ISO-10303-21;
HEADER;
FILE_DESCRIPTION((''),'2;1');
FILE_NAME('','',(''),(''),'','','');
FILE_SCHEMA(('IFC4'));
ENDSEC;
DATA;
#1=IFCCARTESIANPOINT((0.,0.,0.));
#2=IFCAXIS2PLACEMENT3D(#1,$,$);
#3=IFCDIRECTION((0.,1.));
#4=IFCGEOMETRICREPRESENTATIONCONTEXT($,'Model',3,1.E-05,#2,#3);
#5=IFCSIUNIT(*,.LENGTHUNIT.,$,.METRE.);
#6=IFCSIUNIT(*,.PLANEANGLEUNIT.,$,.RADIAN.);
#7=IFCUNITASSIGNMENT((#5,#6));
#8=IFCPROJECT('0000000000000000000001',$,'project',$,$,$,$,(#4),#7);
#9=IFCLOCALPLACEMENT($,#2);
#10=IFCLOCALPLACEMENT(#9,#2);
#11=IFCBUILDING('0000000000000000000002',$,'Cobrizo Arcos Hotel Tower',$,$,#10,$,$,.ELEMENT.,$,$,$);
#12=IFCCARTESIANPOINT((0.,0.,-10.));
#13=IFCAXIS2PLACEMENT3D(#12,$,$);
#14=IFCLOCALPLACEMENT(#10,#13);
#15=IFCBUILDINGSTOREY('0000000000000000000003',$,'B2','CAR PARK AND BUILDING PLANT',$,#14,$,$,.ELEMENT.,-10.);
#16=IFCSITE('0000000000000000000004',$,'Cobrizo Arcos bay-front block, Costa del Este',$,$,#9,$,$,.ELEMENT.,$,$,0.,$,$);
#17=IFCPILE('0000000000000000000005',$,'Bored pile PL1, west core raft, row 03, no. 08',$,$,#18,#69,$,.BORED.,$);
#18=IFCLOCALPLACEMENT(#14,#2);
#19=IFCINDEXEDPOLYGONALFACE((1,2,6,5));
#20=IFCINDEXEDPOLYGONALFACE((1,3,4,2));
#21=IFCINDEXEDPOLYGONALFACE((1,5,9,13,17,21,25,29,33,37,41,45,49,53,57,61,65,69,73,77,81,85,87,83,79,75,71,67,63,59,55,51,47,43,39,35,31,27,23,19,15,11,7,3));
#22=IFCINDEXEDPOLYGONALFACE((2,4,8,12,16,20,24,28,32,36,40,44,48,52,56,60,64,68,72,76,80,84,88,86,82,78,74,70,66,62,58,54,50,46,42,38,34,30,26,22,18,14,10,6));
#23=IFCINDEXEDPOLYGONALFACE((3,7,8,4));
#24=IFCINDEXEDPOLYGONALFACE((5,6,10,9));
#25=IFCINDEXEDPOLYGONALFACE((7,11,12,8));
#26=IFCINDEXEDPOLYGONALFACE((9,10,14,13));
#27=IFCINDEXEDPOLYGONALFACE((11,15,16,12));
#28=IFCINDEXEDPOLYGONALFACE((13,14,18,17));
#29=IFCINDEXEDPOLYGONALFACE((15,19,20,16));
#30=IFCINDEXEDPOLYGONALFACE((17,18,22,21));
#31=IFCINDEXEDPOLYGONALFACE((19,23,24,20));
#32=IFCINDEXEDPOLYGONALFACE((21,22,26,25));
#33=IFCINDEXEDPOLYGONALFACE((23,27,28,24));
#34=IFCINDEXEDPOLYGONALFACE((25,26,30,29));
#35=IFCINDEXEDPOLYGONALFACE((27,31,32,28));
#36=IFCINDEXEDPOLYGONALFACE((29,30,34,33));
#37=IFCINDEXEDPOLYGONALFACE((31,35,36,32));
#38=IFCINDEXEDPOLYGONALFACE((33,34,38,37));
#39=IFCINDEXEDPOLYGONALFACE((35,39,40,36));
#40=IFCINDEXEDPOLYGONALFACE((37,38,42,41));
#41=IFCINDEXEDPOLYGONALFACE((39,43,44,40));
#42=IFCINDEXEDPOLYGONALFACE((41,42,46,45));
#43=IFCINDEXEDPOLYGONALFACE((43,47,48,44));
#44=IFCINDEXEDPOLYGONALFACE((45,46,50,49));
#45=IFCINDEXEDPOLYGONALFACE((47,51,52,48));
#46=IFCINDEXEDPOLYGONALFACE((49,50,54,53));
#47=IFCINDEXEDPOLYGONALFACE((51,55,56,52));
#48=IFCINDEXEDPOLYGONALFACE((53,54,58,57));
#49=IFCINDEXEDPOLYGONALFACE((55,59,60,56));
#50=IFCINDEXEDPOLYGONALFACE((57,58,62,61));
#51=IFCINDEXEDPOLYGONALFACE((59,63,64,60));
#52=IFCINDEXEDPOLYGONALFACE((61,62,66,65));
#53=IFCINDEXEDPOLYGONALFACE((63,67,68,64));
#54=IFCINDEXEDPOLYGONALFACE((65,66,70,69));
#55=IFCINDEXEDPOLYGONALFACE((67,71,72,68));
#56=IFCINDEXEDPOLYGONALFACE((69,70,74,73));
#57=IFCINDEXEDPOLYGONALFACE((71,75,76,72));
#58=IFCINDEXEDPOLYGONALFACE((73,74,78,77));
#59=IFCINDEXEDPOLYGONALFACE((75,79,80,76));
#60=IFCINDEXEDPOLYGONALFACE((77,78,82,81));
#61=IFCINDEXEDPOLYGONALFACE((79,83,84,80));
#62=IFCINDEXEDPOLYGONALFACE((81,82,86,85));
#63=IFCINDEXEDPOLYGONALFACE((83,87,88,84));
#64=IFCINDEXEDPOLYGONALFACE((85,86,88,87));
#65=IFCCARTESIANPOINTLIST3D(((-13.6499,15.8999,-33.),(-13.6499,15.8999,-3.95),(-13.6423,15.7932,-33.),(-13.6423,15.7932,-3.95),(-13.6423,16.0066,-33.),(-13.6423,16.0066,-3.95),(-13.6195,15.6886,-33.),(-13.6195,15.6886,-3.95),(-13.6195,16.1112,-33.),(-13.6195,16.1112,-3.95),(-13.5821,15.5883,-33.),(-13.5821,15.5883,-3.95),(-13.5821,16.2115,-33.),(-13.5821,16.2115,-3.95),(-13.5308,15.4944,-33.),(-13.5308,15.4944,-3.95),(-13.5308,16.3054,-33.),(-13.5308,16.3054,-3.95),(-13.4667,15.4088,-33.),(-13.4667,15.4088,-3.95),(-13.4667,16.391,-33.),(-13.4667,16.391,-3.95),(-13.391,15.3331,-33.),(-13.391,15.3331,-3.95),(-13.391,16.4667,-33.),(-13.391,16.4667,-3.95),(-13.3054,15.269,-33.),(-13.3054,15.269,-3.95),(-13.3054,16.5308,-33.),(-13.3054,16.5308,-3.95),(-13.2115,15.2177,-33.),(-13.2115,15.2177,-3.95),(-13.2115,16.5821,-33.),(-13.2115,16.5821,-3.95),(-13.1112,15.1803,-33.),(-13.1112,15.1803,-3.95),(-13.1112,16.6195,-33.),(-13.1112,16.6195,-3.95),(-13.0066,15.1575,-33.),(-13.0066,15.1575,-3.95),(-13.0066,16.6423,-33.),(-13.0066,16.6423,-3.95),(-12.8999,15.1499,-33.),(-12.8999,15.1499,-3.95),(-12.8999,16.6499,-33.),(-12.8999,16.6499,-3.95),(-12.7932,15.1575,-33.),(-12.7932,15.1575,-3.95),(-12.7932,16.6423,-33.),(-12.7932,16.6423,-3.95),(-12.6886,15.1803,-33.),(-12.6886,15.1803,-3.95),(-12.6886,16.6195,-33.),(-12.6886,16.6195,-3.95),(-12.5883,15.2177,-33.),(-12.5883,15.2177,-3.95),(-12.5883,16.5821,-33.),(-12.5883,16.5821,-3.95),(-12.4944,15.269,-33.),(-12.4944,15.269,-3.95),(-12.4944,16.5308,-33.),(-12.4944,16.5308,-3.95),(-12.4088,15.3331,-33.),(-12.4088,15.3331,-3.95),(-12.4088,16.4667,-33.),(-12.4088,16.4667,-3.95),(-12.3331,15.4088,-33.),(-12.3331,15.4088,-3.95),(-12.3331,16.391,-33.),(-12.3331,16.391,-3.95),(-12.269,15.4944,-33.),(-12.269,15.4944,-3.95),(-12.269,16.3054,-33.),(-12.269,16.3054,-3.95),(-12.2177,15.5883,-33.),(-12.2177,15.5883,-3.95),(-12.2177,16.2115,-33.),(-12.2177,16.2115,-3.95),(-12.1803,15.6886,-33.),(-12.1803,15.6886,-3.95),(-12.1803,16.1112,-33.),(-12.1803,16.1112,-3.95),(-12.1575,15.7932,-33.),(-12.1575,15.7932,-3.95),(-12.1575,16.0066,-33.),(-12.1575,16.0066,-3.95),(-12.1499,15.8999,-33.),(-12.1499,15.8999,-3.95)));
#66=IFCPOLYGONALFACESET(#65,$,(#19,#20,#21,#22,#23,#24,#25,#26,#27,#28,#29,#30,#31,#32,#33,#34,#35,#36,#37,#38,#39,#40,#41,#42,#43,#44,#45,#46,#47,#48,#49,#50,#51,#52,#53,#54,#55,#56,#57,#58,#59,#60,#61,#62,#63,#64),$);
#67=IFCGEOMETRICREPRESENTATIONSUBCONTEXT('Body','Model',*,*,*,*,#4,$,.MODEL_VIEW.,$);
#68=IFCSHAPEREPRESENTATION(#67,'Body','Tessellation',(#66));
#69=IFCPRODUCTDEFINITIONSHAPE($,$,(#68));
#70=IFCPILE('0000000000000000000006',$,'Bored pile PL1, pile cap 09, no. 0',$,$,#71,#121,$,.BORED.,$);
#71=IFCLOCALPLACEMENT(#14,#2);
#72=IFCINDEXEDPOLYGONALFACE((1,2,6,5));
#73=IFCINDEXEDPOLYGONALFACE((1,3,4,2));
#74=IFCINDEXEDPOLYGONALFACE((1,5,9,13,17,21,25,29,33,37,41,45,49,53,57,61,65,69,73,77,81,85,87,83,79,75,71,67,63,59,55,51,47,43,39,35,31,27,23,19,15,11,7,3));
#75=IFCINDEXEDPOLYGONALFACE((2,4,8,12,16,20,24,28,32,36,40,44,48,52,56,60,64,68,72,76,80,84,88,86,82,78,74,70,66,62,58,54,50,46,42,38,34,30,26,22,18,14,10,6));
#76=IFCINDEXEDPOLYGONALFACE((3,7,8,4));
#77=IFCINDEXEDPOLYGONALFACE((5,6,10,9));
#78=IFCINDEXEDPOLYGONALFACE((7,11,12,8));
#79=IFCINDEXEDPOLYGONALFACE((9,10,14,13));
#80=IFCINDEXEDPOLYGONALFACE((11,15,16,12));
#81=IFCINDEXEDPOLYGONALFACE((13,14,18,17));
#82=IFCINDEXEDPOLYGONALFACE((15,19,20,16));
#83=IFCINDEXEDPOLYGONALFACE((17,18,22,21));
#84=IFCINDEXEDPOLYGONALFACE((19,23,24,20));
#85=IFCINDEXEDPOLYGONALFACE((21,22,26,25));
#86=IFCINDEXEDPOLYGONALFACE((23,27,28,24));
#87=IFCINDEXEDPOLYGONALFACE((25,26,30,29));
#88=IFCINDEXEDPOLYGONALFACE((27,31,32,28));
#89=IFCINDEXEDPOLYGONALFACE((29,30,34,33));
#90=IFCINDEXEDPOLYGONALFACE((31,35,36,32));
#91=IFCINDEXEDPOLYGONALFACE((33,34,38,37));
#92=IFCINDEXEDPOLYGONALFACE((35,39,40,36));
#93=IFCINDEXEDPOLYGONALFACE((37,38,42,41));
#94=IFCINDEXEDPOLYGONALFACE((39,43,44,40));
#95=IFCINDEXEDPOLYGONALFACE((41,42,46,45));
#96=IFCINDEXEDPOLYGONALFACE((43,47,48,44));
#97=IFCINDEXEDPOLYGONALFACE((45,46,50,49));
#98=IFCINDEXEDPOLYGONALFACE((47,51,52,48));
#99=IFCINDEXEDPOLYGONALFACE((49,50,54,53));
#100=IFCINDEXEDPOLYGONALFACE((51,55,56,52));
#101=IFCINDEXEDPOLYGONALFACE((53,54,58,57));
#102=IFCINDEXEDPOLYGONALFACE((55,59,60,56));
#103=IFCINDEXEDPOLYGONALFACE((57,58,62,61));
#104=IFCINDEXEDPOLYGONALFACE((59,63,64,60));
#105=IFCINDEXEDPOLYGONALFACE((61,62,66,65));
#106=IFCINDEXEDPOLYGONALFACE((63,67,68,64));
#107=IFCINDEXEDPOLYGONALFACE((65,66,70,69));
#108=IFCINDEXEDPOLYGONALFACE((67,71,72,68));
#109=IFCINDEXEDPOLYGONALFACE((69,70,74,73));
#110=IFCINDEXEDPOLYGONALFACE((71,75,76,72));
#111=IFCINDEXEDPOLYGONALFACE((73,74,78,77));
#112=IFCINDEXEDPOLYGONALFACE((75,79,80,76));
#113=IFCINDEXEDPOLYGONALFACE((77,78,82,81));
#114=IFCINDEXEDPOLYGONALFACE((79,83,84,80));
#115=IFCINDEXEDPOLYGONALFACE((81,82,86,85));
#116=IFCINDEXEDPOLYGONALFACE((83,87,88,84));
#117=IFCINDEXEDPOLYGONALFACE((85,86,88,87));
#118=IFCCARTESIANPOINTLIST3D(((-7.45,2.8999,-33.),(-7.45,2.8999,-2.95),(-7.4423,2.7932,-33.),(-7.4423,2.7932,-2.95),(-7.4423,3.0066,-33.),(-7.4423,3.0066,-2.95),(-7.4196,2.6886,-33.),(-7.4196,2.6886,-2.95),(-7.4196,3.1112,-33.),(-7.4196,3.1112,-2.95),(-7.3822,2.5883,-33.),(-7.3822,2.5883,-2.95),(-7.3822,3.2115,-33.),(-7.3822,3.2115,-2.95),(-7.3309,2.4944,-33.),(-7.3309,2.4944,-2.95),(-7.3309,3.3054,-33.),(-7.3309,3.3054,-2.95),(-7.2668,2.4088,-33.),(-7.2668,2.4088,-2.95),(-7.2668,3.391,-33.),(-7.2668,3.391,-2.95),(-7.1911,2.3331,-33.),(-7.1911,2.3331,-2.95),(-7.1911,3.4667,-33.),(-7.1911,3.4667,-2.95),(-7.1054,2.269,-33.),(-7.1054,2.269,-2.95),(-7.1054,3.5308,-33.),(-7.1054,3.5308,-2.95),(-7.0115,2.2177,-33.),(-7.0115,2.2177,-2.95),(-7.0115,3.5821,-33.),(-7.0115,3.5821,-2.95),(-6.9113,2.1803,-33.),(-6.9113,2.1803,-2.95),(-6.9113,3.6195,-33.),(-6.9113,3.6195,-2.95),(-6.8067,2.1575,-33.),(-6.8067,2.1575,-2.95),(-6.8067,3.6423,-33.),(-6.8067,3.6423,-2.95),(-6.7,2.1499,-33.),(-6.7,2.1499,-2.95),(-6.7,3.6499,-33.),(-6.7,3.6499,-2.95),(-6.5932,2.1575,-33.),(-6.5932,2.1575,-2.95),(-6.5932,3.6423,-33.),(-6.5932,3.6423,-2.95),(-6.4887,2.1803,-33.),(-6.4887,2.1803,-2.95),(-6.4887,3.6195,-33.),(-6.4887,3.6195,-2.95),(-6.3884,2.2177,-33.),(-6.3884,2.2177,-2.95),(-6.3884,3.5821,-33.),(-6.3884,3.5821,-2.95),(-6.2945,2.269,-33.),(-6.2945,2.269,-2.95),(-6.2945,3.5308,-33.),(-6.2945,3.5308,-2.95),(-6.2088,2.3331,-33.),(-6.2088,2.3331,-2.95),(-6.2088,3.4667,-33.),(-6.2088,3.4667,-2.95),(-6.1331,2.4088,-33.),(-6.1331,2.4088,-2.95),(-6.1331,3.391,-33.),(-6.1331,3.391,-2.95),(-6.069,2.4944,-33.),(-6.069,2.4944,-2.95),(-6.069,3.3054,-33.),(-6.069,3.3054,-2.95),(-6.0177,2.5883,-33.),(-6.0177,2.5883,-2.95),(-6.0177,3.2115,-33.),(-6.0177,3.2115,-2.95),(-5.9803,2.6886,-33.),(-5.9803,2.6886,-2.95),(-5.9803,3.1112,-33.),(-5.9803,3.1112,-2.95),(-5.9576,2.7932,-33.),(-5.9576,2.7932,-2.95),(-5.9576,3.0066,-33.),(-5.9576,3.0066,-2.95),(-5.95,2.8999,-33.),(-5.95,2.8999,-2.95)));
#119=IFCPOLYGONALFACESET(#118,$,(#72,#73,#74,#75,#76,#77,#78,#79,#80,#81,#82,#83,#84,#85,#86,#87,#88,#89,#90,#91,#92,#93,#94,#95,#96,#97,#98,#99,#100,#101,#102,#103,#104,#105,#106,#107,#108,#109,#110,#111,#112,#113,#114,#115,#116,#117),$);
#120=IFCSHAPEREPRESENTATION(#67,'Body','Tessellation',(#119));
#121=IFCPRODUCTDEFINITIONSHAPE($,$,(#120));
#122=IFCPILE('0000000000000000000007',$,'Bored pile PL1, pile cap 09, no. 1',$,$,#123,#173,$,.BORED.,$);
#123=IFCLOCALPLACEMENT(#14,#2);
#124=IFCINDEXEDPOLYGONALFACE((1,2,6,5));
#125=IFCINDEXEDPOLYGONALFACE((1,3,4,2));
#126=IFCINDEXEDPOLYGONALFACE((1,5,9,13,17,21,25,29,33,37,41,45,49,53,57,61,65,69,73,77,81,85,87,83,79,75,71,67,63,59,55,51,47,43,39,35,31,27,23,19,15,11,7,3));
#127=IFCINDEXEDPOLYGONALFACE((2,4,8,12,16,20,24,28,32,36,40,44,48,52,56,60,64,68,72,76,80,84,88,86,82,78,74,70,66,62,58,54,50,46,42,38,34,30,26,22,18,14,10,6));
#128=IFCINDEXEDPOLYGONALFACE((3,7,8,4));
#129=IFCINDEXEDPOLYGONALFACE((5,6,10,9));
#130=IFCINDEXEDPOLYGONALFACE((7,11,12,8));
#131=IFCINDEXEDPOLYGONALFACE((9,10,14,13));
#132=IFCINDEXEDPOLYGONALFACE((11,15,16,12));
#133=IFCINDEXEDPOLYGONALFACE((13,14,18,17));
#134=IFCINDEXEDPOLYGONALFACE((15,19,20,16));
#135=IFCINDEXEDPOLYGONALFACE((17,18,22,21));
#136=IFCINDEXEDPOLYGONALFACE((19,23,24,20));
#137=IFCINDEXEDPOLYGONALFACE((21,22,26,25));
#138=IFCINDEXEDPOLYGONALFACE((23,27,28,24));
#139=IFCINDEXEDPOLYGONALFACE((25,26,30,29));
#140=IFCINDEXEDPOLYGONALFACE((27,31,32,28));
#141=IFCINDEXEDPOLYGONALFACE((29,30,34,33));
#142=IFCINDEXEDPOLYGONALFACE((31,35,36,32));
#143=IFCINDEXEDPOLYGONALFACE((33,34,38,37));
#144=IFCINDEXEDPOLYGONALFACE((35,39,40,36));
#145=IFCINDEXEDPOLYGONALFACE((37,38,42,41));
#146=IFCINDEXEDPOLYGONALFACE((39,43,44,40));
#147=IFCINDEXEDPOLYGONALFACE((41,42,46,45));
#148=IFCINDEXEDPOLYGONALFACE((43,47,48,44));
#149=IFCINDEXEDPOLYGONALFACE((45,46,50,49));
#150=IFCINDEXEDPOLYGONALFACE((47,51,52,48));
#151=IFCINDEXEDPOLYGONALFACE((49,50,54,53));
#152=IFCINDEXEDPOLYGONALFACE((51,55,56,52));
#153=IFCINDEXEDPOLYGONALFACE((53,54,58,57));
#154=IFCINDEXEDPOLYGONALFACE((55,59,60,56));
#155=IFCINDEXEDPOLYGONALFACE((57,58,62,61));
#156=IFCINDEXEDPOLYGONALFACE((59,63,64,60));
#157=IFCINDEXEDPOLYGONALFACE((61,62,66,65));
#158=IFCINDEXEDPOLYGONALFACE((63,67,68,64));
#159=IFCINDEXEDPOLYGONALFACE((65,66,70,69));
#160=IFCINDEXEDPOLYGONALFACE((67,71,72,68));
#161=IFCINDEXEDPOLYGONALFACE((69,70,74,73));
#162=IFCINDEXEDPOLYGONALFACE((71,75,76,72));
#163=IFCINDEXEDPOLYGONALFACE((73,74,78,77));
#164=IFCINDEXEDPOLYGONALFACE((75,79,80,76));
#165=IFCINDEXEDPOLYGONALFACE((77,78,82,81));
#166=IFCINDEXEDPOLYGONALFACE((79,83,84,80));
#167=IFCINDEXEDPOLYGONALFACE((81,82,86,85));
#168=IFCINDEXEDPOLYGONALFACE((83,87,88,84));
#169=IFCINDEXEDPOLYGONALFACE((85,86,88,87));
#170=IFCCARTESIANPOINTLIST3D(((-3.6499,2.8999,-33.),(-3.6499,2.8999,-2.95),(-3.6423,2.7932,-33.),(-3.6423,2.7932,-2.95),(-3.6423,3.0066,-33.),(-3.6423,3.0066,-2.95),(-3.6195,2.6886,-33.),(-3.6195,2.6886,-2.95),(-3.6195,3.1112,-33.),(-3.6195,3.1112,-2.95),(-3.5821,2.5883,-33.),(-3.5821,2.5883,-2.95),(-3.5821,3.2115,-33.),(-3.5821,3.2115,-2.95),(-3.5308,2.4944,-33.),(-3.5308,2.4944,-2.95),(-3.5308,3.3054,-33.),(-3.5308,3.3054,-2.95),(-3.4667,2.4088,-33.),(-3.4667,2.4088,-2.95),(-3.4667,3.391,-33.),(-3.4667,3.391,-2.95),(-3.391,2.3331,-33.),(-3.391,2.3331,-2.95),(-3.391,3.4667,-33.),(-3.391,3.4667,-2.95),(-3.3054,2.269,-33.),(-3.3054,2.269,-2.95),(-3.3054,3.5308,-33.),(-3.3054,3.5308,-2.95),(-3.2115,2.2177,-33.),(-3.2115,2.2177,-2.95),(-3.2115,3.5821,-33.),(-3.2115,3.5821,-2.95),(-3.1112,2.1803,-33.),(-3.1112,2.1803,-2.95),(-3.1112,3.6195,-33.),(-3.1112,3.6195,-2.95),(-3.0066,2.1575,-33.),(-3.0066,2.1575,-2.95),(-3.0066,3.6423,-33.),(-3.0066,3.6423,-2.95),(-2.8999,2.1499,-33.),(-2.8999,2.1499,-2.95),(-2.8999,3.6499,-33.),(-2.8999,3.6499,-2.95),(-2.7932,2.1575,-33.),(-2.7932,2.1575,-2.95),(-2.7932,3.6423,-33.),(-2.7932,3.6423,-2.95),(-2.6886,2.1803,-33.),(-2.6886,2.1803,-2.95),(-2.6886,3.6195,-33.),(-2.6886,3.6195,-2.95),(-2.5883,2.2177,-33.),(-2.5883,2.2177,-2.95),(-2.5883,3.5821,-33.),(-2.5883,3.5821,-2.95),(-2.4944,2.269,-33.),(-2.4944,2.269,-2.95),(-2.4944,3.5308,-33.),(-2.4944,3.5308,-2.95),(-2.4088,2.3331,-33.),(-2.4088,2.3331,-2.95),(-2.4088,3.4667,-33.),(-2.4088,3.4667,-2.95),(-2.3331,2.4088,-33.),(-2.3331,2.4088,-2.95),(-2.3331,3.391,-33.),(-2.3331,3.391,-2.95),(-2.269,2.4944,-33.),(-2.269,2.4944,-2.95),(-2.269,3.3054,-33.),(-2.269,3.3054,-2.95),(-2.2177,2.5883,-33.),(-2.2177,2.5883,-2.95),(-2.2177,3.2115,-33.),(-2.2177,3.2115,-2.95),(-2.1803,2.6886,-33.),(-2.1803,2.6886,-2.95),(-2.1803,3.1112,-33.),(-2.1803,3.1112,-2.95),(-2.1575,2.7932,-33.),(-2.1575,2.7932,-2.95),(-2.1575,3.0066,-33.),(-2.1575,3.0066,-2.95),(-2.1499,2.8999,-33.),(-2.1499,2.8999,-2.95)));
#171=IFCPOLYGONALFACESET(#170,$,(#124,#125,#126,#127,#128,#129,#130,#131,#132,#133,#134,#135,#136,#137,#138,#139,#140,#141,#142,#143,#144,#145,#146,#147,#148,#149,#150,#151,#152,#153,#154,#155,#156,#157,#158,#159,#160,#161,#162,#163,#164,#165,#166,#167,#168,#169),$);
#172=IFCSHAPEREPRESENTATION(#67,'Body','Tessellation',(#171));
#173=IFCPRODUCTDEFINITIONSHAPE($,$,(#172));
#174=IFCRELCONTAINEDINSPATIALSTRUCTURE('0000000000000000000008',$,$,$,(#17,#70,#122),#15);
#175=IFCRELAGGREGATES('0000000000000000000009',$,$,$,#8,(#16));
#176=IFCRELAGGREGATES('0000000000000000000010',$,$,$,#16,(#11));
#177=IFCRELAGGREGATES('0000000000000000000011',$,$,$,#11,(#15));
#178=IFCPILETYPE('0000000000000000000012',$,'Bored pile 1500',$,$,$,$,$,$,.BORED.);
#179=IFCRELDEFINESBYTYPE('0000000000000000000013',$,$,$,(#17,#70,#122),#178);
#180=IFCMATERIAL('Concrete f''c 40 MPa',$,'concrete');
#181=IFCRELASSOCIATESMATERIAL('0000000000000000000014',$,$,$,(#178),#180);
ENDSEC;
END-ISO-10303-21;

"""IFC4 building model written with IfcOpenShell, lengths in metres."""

from ifc_helpers import new_model, si_unit, direction, frame, origin, origin_2d, place, context, subcontext, project, spatial, circle, extrude, material, material_profile, profile_set, type_object, element, save


model = new_model("IFC4")

# Units and contexts
model_context = context("Model", 3, precision=1e-05, world=origin(), true_north=direction((0.0, 1.0)))
body_context = subcontext(model_context, "Body", "Model", "MODEL_VIEW")
ifc_project = project(units=[si_unit("LENGTHUNIT", "METRE"), si_unit("PLANEANGLEUNIT", "RADIAN")], contexts=[model_context])

# Site, building, storey
site_placement = place(None, origin())
site = spatial("IfcSite", under=ifc_project, at=site_placement, Name="Cobrizo Arcos bay-front block, Costa del Este", CompositionType="ELEMENT", RefElevation=0.0)
building_placement = place(site_placement, origin())
building = spatial("IfcBuilding", under=site, at=building_placement, Name="Cobrizo Arcos Hotel Tower", CompositionType="ELEMENT")
storey_placement = place(building_placement, frame((0.0, 0.0, -10.0)))
storey = spatial("IfcBuildingStorey", under=building, at=storey_placement, Name="B2", Description="CAR PARK AND BUILDING PLANT", CompositionType="ELEMENT", Elevation=-10.0)

# Piles
ifc_material_1 = material(Name="Concrete f'c 40 MPa", Category="concrete")
ifc_material_profile_1 = material_profile(ifc_material_1, circle(Radius=0.75, at=origin_2d()), Name="BORED PILE 1500")
ifc_profile_set_1 = profile_set([ifc_material_profile_1], Name="Concrete f'c 40 MPa")
pile_type = type_object("IfcPileType", Name="Bored pile 1500", PredefinedType="BORED", material=ifc_profile_set_1)
for number, where, z_axis, x_axis, name in (
    (1, (-12.8999, 15.8999, -3.95), (0.0, 0.0, -1.0), (1.0, 0.0, 0.0), "Bored pile PL1, west core raft, row 03, no. 08"),
):
    element("IfcPile", number, at=place(storey_placement, frame(where, z_axis=z_axis, x_axis=x_axis)), inside=storey, type_object=pile_type, Name=name, PredefinedType="BORED", context=body_context, shape_type="SweptSolid", body=[
        extrude(circle(Radius=0.75, at=origin_2d()), origin(), (0.0, 0.0, 1.0), 29.05),
    ])
for number, where, z_axis, x_axis, name in (
    (2, (-6.7, 2.8999, -2.95), (0.0, 0.0, -1.0), (1.0, 0.0, 0.0), "Bored pile PL1, pile cap 09, no. 0"),
    (3, (-2.8999, 2.8999, -2.95), (0.0, 0.0, -1.0), (1.0, 0.0, 0.0), "Bored pile PL1, pile cap 09, no. 1"),
):
    element("IfcPile", number, at=place(storey_placement, frame(where, z_axis=z_axis, x_axis=x_axis)), inside=storey, type_object=pile_type, Name=name, PredefinedType="BORED", context=body_context, shape_type="SweptSolid", body=[
        extrude(circle(Radius=0.75, at=origin_2d()), origin(), (0.0, 0.0, 1.0), 30.05),
    ])

save(model, "model.ifc")
